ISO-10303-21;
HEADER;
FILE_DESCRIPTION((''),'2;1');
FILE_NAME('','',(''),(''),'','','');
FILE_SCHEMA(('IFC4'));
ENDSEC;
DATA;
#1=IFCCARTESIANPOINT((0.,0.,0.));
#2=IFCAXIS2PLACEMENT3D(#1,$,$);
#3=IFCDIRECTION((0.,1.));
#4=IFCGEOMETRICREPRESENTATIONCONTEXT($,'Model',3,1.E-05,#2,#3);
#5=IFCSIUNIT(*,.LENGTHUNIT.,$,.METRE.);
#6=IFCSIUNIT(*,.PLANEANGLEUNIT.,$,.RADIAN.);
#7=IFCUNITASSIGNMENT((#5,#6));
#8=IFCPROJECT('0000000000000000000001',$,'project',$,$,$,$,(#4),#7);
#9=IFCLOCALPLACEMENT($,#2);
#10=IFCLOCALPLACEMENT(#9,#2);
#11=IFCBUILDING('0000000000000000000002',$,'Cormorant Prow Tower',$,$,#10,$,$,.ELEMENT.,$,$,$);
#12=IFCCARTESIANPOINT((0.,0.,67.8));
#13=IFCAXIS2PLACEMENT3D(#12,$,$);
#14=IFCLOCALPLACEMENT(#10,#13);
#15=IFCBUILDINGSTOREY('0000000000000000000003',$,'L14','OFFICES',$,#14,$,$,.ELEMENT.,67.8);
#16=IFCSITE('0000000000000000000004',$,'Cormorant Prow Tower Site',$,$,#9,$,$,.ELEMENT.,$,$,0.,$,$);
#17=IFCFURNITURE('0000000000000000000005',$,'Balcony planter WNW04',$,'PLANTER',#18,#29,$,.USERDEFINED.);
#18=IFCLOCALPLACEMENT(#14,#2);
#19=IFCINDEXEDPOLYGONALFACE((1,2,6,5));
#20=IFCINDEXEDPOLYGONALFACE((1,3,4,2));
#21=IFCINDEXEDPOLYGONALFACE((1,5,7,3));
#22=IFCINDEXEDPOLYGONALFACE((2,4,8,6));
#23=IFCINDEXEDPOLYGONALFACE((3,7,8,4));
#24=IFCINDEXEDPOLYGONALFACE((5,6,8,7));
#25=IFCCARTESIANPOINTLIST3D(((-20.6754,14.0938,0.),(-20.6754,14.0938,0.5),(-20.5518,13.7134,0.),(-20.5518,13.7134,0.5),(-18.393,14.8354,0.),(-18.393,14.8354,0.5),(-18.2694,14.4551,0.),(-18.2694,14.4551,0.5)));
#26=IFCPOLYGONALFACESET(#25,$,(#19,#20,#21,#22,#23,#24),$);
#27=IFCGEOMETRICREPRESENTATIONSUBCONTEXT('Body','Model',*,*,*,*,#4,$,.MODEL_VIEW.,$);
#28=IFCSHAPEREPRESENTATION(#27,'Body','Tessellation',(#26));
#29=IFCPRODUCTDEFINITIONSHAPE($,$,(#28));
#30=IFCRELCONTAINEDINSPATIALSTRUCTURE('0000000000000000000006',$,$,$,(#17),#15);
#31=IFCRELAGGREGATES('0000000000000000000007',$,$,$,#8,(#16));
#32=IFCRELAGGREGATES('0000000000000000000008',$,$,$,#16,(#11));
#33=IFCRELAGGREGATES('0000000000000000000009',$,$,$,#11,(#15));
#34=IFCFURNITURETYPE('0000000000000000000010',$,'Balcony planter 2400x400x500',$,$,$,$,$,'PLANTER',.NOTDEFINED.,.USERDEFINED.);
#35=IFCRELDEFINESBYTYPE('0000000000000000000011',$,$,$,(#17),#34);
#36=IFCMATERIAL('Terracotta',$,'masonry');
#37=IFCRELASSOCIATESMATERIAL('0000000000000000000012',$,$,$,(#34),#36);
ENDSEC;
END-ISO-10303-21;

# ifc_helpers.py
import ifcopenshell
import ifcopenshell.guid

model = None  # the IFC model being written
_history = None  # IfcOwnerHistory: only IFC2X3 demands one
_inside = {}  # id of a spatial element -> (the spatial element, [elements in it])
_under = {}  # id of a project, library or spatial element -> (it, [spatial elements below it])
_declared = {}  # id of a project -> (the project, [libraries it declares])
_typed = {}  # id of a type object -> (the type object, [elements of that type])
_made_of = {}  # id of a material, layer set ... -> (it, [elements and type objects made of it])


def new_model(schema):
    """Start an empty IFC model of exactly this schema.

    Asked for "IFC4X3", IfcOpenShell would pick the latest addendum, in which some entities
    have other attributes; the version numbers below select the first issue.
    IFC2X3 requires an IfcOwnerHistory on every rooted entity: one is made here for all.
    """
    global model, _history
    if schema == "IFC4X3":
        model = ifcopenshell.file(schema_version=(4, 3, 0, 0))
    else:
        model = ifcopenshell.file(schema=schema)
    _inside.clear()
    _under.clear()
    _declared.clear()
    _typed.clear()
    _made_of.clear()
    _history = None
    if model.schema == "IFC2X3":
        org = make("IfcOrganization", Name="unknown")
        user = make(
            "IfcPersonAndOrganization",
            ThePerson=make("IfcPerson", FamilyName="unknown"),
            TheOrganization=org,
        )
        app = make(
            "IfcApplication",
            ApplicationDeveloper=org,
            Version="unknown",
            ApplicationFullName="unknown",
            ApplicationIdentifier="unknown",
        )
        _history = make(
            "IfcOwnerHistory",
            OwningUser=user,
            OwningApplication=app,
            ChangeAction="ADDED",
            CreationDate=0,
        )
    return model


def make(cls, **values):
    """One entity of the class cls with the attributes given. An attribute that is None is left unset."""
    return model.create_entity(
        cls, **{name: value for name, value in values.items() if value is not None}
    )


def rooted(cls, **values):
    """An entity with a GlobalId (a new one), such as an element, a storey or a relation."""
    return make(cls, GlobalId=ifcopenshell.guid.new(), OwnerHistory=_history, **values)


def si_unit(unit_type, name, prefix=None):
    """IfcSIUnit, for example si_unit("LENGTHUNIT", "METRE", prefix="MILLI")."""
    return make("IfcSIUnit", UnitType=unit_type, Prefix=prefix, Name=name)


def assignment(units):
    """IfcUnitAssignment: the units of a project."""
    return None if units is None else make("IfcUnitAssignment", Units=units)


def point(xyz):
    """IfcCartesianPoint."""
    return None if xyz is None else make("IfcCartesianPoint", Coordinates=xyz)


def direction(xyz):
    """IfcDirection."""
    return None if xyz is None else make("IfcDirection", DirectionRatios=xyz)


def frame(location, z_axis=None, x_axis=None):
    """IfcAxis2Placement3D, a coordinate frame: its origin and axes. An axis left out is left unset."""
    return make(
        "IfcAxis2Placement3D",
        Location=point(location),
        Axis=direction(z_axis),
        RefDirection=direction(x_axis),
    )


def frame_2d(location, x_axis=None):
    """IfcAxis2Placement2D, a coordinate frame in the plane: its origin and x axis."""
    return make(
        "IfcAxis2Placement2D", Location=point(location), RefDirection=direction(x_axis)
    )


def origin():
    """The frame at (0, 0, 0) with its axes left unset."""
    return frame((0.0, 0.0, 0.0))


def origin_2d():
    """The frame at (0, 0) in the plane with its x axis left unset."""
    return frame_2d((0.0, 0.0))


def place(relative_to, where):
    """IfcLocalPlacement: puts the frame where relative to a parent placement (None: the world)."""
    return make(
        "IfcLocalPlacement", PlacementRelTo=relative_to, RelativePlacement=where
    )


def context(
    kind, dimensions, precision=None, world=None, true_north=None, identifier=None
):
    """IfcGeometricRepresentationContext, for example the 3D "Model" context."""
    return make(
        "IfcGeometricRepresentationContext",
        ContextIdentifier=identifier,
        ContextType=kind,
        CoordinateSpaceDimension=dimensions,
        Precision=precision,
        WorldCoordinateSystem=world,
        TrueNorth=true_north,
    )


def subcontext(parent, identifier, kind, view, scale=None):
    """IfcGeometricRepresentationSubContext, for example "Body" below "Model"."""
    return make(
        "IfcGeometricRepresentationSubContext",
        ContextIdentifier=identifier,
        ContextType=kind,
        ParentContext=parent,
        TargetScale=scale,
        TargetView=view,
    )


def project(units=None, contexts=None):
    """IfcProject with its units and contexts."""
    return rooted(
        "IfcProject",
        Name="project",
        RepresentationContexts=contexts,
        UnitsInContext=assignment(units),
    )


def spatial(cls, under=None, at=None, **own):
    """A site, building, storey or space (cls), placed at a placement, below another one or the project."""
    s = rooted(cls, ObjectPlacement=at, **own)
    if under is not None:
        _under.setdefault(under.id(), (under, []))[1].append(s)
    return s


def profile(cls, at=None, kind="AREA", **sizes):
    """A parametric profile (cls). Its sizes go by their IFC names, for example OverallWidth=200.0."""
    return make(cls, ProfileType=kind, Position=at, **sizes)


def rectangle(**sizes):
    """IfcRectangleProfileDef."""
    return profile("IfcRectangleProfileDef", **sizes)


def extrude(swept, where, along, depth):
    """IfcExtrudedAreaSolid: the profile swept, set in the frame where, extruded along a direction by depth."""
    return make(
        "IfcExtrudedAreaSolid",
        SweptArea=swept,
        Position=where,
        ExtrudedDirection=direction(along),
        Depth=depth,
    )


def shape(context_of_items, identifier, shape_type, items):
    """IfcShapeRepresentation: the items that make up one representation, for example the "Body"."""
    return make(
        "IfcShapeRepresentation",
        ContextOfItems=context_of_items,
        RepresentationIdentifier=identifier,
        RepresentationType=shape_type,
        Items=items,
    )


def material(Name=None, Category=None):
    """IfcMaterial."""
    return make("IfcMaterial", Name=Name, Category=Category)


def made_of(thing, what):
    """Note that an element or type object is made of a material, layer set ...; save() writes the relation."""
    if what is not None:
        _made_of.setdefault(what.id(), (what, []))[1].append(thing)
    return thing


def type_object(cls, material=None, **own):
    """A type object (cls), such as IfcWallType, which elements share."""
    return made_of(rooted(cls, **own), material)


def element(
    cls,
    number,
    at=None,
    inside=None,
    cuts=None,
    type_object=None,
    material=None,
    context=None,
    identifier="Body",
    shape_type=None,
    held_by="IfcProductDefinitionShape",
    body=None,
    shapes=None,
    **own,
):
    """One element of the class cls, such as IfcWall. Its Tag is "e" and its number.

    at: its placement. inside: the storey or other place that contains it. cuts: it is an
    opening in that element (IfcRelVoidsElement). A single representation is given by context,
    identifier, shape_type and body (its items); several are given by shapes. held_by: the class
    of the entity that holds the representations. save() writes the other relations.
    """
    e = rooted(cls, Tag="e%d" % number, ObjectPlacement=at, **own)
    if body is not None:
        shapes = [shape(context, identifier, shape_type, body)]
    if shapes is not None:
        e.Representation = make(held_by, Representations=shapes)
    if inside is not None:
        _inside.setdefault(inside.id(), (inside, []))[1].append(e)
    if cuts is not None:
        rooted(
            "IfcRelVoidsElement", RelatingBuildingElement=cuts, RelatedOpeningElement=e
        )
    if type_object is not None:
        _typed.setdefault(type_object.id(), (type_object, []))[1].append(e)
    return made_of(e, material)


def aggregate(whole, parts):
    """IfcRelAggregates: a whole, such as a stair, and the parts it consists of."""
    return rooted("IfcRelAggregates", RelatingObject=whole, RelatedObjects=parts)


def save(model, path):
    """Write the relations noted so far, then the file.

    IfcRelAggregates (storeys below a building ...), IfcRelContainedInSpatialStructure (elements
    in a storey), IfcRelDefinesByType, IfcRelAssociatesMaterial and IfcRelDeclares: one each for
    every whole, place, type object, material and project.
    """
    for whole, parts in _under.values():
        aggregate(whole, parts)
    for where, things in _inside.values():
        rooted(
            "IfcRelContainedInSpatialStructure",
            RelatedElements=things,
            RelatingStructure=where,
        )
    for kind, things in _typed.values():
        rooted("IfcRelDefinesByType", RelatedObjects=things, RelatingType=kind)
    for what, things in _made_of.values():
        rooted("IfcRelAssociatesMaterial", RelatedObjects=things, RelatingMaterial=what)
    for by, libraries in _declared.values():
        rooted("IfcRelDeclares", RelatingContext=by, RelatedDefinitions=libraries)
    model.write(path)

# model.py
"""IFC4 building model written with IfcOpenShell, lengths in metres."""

from ifc_helpers import new_model, si_unit, direction, frame, origin, origin_2d, place, context, subcontext, project, spatial, rectangle, extrude, material, type_object, element, save


model = new_model("IFC4")

# Units and contexts
model_context = context("Model", 3, precision=1e-05, world=origin(), true_north=direction((0.0, 1.0)))
body_context = subcontext(model_context, "Body", "Model", "MODEL_VIEW")
ifc_project = project(units=[si_unit("LENGTHUNIT", "METRE"), si_unit("PLANEANGLEUNIT", "RADIAN")], contexts=[model_context])

# Site, building, storey
site_placement = place(None, origin())
site = spatial("IfcSite", under=ifc_project, at=site_placement, Name="Cormorant Prow Tower Site", CompositionType="ELEMENT", RefElevation=0.0)
building_placement = place(site_placement, origin())
building = spatial("IfcBuilding", under=site, at=building_placement, Name="Cormorant Prow Tower", CompositionType="ELEMENT")
storey_placement = place(building_placement, frame((0.0, 0.0, 67.8)))
storey = spatial("IfcBuildingStorey", under=building, at=storey_placement, Name="L14", Description="OFFICES", CompositionType="ELEMENT", Elevation=67.8)

# Furniture
ifc_material_1 = material(Name="Terracotta", Category="masonry")
furniture_type = type_object("IfcFurnitureType", Name="Balcony planter 2400x400x500", ElementType="PLANTER", AssemblyPlace="NOTDEFINED", PredefinedType="USERDEFINED", material=ifc_material_1)
furniture_placement = place(storey_placement, frame((-19.4724, 14.2744, 0.0), z_axis=(0.0, 0.0, 1.0), x_axis=(-0.951057, -0.309017, 0.0)))
element("IfcFurniture", 1, at=furniture_placement, inside=storey, type_object=furniture_type, Name="Balcony planter WNW04", ObjectType="PLANTER", PredefinedType="USERDEFINED", context=body_context, shape_type="SweptSolid", body=[
    extrude(rectangle(XDim=2.3999, YDim=0.3999, at=origin_2d()), origin(), (0.0, 0.0, 1.0), 0.5),
])

save(model, "model.ifc")
